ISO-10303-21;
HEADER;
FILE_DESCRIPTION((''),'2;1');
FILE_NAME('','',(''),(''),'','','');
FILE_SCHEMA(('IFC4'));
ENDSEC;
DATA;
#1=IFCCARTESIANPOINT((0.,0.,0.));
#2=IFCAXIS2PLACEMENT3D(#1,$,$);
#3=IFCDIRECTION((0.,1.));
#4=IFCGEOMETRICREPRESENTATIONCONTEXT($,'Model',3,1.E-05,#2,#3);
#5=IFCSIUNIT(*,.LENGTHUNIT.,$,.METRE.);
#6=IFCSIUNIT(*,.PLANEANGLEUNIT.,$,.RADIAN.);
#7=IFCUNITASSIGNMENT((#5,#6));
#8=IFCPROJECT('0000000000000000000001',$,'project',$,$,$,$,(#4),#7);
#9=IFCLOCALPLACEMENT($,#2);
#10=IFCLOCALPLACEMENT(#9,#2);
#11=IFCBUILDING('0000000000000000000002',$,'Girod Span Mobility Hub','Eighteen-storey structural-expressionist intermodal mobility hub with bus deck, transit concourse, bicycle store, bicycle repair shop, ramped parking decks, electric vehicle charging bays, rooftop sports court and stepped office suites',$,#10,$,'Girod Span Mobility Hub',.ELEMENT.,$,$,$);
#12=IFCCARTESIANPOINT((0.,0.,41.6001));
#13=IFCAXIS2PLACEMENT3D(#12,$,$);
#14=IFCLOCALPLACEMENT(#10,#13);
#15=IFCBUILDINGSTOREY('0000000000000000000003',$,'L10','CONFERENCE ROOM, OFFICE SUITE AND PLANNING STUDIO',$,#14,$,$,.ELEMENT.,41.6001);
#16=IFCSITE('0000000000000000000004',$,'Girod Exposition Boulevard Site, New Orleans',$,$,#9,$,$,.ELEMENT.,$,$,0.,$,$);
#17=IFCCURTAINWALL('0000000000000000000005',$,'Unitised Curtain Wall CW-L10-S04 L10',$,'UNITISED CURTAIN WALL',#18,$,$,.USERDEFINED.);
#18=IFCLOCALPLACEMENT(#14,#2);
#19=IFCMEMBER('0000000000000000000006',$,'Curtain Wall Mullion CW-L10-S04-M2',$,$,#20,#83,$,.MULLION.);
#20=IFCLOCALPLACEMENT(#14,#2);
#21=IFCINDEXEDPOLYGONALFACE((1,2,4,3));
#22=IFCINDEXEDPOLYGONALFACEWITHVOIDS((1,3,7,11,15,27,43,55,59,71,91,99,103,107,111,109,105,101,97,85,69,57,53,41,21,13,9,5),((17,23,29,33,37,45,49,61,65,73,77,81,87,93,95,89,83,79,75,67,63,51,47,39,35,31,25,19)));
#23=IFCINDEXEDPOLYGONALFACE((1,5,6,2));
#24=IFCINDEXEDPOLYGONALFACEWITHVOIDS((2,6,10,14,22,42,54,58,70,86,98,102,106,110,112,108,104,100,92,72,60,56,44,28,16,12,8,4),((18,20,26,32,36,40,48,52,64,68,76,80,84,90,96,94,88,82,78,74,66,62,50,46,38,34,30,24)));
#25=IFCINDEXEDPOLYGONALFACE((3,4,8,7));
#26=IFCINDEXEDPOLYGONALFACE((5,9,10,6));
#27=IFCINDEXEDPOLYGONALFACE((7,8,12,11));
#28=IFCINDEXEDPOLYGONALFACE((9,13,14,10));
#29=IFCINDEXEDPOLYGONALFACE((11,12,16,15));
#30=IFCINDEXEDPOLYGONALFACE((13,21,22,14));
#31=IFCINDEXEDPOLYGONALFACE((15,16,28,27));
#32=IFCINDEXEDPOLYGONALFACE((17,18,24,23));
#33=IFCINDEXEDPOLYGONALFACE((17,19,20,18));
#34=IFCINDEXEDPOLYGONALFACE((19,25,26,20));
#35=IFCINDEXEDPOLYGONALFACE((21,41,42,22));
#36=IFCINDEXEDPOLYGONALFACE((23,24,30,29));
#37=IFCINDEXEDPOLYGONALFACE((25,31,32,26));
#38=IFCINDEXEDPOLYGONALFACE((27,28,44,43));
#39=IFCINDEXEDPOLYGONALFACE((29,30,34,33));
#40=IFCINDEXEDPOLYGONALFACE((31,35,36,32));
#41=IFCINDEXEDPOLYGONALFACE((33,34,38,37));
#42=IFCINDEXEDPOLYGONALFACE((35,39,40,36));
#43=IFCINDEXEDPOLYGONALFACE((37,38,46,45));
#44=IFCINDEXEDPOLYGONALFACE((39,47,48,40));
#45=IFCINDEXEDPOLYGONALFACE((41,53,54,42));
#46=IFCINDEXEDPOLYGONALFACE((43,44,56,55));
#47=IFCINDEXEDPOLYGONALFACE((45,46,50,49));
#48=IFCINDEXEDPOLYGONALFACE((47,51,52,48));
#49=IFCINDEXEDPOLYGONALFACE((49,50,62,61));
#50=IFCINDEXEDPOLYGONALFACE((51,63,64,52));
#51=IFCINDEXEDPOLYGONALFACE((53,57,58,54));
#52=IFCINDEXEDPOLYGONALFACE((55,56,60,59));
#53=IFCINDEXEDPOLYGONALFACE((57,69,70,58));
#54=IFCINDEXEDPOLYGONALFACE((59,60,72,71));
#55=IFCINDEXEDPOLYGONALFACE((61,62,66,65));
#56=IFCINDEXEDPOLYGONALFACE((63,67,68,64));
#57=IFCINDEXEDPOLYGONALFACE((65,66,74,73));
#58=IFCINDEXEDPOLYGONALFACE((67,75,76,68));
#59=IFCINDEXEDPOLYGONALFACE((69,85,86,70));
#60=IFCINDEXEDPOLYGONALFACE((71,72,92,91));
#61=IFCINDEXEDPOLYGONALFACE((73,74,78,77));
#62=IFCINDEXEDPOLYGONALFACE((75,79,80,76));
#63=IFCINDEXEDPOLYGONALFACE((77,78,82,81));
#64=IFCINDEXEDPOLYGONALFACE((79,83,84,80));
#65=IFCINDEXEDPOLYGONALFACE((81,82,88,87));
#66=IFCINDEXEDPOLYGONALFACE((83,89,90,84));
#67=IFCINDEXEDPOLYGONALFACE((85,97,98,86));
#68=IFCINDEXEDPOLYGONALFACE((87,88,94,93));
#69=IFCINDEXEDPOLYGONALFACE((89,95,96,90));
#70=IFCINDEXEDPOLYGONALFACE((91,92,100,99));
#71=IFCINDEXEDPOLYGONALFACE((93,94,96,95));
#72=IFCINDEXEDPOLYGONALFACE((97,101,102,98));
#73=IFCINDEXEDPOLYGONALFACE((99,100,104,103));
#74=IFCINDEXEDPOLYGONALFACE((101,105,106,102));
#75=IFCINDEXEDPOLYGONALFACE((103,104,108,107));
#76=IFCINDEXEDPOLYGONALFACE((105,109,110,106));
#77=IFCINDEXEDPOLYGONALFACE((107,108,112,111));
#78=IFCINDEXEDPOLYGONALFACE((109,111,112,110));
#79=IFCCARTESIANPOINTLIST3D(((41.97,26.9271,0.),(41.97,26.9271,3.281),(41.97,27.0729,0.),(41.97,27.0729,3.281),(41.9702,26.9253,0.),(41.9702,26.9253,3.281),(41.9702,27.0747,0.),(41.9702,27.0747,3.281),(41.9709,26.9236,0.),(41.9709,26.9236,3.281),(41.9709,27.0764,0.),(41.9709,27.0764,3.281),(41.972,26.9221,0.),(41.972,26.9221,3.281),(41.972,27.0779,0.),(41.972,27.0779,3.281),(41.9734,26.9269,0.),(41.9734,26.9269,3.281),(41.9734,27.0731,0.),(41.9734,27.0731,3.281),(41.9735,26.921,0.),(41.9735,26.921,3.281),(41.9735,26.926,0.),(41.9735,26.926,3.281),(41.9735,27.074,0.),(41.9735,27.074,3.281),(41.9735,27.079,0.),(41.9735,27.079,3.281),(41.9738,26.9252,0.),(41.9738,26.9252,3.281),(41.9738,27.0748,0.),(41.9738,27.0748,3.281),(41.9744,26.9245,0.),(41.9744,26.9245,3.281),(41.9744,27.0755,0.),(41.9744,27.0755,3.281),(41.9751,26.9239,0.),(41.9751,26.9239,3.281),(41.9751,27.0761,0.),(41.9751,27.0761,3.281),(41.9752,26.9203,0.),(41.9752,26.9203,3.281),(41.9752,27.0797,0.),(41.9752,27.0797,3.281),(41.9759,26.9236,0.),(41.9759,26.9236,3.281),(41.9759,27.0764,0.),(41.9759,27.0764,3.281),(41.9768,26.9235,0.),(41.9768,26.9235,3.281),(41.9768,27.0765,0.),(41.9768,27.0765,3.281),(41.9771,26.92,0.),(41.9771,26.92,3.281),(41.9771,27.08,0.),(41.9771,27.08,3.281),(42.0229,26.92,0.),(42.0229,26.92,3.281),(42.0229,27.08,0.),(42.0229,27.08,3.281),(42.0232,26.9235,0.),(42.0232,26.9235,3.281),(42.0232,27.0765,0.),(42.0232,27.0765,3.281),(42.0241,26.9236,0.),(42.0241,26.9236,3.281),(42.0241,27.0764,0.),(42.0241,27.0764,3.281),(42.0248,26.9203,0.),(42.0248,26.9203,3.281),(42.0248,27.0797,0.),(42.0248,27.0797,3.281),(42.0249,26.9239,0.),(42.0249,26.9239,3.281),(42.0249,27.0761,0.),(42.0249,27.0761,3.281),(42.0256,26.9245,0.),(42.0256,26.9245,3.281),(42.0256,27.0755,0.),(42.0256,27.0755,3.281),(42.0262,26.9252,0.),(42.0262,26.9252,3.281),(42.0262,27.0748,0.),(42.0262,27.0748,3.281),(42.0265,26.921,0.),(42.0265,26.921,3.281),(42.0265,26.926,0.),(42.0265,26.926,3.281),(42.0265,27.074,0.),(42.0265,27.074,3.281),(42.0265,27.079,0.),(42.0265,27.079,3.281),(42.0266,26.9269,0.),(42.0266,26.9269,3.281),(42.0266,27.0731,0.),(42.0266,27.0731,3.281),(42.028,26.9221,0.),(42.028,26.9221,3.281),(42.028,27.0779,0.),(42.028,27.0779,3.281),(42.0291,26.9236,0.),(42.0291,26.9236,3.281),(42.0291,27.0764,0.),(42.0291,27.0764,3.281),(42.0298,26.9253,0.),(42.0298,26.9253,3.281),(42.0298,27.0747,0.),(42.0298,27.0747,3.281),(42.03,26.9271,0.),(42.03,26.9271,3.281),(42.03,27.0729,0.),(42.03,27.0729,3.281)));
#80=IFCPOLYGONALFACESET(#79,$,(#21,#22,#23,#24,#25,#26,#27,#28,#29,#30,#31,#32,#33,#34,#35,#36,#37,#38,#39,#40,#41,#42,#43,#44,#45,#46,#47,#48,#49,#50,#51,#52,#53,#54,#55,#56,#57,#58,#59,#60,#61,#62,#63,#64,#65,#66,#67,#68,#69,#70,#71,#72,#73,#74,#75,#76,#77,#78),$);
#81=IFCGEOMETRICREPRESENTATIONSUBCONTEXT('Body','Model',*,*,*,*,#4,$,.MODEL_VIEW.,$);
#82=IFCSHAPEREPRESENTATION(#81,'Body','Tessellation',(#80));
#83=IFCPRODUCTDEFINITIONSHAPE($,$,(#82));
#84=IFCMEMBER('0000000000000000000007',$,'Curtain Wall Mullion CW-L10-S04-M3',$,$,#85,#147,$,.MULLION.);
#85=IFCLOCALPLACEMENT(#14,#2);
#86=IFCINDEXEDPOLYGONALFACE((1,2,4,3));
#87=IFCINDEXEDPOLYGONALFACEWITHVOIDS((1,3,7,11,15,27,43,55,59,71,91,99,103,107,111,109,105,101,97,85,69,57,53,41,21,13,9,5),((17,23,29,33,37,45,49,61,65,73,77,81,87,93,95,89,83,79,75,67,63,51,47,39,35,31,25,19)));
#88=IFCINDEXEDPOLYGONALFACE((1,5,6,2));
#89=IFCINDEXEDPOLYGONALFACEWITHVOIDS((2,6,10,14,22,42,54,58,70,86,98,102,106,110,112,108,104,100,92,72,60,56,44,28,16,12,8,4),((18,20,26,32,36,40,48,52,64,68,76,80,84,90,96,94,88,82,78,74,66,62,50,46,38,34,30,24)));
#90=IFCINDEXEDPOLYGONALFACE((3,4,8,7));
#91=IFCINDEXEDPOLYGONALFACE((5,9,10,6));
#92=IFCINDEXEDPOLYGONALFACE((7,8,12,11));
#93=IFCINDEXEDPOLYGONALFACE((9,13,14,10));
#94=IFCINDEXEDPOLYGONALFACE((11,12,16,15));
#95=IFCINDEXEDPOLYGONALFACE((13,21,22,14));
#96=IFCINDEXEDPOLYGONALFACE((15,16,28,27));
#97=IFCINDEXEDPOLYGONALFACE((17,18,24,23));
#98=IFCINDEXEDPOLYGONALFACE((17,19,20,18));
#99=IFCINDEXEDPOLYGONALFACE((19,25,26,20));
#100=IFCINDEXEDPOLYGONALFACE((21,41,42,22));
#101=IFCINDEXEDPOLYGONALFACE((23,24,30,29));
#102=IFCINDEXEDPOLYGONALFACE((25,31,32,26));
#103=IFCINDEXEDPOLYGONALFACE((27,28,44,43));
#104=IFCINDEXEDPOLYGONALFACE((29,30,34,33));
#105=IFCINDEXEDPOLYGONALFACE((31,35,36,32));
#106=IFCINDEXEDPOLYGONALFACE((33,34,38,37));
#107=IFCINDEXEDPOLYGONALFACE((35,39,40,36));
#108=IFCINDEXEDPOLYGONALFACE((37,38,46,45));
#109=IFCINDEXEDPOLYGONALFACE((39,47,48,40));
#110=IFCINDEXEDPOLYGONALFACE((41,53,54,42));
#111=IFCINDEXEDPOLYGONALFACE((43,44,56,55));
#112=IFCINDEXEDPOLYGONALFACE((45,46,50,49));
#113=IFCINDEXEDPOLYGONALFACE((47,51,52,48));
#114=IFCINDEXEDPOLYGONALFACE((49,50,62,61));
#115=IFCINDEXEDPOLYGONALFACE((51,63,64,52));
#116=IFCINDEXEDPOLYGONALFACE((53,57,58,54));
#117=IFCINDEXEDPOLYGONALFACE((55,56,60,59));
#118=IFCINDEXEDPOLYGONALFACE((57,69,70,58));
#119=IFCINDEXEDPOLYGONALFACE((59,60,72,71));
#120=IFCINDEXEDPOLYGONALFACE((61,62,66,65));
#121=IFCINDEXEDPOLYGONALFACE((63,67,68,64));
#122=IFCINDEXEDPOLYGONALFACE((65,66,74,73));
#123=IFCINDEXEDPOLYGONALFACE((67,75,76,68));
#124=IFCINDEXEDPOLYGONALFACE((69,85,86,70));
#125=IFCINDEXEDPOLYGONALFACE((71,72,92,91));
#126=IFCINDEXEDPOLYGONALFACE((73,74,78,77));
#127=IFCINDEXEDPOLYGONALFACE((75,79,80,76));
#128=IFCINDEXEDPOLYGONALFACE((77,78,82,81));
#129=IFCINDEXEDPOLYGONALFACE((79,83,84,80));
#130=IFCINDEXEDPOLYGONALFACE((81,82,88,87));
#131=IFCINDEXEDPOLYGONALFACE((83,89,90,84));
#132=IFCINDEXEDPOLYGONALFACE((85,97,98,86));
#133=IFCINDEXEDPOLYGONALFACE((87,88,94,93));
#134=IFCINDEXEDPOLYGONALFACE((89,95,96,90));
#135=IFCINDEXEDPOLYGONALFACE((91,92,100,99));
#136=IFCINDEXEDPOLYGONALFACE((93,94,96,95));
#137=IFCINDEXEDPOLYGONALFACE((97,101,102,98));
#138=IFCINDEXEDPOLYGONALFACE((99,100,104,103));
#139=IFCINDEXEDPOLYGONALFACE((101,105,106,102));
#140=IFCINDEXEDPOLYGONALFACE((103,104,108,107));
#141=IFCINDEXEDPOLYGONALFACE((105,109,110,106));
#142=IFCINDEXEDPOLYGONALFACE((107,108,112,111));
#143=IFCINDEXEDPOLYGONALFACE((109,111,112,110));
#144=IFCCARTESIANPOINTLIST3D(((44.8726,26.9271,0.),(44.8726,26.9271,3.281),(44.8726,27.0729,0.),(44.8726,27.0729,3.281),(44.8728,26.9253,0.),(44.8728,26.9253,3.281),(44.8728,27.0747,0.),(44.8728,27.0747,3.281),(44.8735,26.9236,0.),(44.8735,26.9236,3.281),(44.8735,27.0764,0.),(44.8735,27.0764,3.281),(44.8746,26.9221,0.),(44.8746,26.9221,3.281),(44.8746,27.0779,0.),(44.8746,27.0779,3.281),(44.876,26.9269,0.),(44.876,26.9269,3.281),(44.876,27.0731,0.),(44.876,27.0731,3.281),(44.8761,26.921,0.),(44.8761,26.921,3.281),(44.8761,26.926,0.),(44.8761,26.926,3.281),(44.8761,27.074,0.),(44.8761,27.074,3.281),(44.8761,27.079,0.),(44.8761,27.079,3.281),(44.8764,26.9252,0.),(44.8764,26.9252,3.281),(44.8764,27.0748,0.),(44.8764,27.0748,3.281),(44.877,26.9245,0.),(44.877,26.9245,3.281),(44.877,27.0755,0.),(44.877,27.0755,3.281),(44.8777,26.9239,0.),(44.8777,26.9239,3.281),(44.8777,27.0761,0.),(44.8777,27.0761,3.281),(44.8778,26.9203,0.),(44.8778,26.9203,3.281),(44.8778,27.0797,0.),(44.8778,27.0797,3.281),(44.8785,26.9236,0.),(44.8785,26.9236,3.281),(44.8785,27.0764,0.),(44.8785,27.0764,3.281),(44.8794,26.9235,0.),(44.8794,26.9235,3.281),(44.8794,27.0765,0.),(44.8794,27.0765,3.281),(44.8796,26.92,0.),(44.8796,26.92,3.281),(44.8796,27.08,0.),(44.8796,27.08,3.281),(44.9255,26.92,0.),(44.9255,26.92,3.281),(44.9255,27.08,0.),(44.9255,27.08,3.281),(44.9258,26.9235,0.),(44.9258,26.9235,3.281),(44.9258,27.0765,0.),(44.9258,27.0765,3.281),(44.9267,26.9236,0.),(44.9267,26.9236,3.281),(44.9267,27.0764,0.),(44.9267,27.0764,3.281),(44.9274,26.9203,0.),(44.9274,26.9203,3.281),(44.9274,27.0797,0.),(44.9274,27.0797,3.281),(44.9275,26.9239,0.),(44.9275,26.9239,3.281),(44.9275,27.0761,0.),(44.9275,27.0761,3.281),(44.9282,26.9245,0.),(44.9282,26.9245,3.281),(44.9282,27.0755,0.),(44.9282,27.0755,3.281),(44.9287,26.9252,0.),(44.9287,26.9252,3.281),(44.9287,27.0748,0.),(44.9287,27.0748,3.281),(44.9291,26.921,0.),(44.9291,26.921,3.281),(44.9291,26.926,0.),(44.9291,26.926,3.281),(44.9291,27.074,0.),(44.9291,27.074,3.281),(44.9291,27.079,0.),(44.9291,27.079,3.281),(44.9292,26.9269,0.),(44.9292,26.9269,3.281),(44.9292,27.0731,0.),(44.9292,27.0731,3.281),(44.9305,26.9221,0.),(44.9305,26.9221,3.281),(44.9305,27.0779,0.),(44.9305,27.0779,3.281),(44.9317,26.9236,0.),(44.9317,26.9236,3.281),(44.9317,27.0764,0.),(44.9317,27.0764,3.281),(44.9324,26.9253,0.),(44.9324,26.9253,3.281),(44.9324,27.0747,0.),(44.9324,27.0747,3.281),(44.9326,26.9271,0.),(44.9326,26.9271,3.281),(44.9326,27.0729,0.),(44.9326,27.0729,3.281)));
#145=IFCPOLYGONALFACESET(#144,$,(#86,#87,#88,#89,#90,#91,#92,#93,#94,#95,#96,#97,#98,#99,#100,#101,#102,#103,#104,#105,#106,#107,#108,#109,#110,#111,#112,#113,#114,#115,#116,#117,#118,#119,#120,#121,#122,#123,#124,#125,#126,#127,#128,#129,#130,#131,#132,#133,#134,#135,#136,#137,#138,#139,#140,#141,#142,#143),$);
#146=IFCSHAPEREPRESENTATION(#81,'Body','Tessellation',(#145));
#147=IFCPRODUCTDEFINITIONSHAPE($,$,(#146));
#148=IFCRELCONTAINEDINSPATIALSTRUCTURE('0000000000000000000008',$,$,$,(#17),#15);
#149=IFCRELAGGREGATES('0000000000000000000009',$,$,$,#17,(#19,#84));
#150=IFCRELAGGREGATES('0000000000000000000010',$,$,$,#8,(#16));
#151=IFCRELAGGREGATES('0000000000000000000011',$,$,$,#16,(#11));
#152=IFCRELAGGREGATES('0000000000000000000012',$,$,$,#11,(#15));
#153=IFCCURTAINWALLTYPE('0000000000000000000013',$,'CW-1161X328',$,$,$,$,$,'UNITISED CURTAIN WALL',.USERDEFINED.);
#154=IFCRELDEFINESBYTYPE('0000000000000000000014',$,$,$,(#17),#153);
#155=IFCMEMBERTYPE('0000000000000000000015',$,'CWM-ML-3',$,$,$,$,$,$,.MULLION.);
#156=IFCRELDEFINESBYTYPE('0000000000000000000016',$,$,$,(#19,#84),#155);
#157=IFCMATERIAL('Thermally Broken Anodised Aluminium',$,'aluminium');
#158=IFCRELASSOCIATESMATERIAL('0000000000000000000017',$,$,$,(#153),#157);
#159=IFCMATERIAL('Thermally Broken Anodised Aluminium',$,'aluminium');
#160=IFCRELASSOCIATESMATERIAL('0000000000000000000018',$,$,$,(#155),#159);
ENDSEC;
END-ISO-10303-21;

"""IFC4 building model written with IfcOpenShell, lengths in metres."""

from ifc_helpers import new_model, si_unit, direction, frame, origin, origin_2d, place, context, subcontext, project, spatial, hollow_rectangle, extrude, material, material_profile, profile_set, type_object, element, aggregate, save


model = new_model("IFC4")

# Units and contexts
model_context = context("Model", 3, precision=1e-05, world=origin(), true_north=direction((0.0, 1.0)))
body_context = subcontext(model_context, "Body", "Model", "MODEL_VIEW")
ifc_project = project(units=[si_unit("LENGTHUNIT", "METRE"), si_unit("PLANEANGLEUNIT", "RADIAN")], contexts=[model_context])

# Site, building, storey
site_placement = place(None, origin())
site = spatial("IfcSite", under=ifc_project, at=site_placement, Name="Girod Exposition Boulevard Site, New Orleans", CompositionType="ELEMENT", RefElevation=0.0)
building_placement = place(site_placement, origin())
building = spatial("IfcBuilding", under=site, at=building_placement, Name="Girod Span Mobility Hub", Description="Eighteen-storey structural-expressionist intermodal mobility hub with bus deck, transit concourse, bicycle store, bicycle repair shop, ramped parking decks, electric vehicle charging bays, rooftop sports court and stepped office suites", LongName="Girod Span Mobility Hub", CompositionType="ELEMENT")
storey_placement = place(building_placement, frame((0.0, 0.0, 41.6001)))
storey = spatial("IfcBuildingStorey", under=building, at=storey_placement, Name="L10", Description="CONFERENCE ROOM, OFFICE SUITE AND PLANNING STUDIO", CompositionType="ELEMENT", Elevation=41.6001)

# Curtain wall, members
ifc_material_1 = material(Name="Thermally Broken Anodised Aluminium", Category="aluminium")
curtain_wall_type = type_object("IfcCurtainWallType", Name="CW-1161X328", ElementType="UNITISED CURTAIN WALL", PredefinedType="USERDEFINED", material=ifc_material_1)
curtain_wall_1_placement = place(storey_placement, origin())
curtain_wall_1 = element("IfcCurtainWall", 1, at=curtain_wall_1_placement, inside=storey, type_object=curtain_wall_type, Name="Unitised Curtain Wall CW-L10-S04 L10", ObjectType="UNITISED CURTAIN WALL", PredefinedType="USERDEFINED")
ifc_material_2 = material(Name="Thermally Broken Anodised Aluminium", Category="aluminium")
ifc_material_profile_1 = material_profile(ifc_material_2, hollow_rectangle(XDim=0.1599, YDim=0.0601, WallThickness=0.0034, InnerFilletRadius=0.0034, OuterFilletRadius=0.0071, at=origin_2d()), Name="CW-ML-60X160")
ifc_profile_set_1 = profile_set([ifc_material_profile_1], Name="Thermally Broken Anodised Aluminium")
member_type_1 = type_object("IfcMemberType", Name="CWM-ML-3", PredefinedType="MULLION", material=ifc_profile_set_1)
member_1_placement = place(storey_placement, frame((42.0, 27.0, 0.0), z_axis=(0.0, 0.0, 1.0), x_axis=(0.0, 1.0, 0.0)))
member_1 = element("IfcMember", 2, at=member_1_placement, type_object=member_type_1, Name="Curtain Wall Mullion CW-L10-S04-M2", PredefinedType="MULLION", context=body_context, shape_type="SweptSolid", body=[
    extrude(hollow_rectangle(XDim=0.1599, YDim=0.0601, WallThickness=0.0034, InnerFilletRadius=0.0034, OuterFilletRadius=0.0071, at=origin_2d()), origin(), (0.0, 0.0, 1.0), 3.281),
])
member_2_placement = place(storey_placement, frame((44.9026, 27.0, 0.0), z_axis=(0.0, 0.0, 1.0), x_axis=(0.0, 1.0, 0.0)))
member_2 = element("IfcMember", 3, at=member_2_placement, type_object=member_type_1, Name="Curtain Wall Mullion CW-L10-S04-M3", PredefinedType="MULLION", context=body_context, shape_type="SweptSolid", body=[
    extrude(hollow_rectangle(XDim=0.1599, YDim=0.0601, WallThickness=0.0034, InnerFilletRadius=0.0034, OuterFilletRadius=0.0071, at=origin_2d()), origin(), (0.0, 0.0, 1.0), 3.281),
])

aggregate(curtain_wall_1, [member_1, member_2])

save(model, "model.ifc")
